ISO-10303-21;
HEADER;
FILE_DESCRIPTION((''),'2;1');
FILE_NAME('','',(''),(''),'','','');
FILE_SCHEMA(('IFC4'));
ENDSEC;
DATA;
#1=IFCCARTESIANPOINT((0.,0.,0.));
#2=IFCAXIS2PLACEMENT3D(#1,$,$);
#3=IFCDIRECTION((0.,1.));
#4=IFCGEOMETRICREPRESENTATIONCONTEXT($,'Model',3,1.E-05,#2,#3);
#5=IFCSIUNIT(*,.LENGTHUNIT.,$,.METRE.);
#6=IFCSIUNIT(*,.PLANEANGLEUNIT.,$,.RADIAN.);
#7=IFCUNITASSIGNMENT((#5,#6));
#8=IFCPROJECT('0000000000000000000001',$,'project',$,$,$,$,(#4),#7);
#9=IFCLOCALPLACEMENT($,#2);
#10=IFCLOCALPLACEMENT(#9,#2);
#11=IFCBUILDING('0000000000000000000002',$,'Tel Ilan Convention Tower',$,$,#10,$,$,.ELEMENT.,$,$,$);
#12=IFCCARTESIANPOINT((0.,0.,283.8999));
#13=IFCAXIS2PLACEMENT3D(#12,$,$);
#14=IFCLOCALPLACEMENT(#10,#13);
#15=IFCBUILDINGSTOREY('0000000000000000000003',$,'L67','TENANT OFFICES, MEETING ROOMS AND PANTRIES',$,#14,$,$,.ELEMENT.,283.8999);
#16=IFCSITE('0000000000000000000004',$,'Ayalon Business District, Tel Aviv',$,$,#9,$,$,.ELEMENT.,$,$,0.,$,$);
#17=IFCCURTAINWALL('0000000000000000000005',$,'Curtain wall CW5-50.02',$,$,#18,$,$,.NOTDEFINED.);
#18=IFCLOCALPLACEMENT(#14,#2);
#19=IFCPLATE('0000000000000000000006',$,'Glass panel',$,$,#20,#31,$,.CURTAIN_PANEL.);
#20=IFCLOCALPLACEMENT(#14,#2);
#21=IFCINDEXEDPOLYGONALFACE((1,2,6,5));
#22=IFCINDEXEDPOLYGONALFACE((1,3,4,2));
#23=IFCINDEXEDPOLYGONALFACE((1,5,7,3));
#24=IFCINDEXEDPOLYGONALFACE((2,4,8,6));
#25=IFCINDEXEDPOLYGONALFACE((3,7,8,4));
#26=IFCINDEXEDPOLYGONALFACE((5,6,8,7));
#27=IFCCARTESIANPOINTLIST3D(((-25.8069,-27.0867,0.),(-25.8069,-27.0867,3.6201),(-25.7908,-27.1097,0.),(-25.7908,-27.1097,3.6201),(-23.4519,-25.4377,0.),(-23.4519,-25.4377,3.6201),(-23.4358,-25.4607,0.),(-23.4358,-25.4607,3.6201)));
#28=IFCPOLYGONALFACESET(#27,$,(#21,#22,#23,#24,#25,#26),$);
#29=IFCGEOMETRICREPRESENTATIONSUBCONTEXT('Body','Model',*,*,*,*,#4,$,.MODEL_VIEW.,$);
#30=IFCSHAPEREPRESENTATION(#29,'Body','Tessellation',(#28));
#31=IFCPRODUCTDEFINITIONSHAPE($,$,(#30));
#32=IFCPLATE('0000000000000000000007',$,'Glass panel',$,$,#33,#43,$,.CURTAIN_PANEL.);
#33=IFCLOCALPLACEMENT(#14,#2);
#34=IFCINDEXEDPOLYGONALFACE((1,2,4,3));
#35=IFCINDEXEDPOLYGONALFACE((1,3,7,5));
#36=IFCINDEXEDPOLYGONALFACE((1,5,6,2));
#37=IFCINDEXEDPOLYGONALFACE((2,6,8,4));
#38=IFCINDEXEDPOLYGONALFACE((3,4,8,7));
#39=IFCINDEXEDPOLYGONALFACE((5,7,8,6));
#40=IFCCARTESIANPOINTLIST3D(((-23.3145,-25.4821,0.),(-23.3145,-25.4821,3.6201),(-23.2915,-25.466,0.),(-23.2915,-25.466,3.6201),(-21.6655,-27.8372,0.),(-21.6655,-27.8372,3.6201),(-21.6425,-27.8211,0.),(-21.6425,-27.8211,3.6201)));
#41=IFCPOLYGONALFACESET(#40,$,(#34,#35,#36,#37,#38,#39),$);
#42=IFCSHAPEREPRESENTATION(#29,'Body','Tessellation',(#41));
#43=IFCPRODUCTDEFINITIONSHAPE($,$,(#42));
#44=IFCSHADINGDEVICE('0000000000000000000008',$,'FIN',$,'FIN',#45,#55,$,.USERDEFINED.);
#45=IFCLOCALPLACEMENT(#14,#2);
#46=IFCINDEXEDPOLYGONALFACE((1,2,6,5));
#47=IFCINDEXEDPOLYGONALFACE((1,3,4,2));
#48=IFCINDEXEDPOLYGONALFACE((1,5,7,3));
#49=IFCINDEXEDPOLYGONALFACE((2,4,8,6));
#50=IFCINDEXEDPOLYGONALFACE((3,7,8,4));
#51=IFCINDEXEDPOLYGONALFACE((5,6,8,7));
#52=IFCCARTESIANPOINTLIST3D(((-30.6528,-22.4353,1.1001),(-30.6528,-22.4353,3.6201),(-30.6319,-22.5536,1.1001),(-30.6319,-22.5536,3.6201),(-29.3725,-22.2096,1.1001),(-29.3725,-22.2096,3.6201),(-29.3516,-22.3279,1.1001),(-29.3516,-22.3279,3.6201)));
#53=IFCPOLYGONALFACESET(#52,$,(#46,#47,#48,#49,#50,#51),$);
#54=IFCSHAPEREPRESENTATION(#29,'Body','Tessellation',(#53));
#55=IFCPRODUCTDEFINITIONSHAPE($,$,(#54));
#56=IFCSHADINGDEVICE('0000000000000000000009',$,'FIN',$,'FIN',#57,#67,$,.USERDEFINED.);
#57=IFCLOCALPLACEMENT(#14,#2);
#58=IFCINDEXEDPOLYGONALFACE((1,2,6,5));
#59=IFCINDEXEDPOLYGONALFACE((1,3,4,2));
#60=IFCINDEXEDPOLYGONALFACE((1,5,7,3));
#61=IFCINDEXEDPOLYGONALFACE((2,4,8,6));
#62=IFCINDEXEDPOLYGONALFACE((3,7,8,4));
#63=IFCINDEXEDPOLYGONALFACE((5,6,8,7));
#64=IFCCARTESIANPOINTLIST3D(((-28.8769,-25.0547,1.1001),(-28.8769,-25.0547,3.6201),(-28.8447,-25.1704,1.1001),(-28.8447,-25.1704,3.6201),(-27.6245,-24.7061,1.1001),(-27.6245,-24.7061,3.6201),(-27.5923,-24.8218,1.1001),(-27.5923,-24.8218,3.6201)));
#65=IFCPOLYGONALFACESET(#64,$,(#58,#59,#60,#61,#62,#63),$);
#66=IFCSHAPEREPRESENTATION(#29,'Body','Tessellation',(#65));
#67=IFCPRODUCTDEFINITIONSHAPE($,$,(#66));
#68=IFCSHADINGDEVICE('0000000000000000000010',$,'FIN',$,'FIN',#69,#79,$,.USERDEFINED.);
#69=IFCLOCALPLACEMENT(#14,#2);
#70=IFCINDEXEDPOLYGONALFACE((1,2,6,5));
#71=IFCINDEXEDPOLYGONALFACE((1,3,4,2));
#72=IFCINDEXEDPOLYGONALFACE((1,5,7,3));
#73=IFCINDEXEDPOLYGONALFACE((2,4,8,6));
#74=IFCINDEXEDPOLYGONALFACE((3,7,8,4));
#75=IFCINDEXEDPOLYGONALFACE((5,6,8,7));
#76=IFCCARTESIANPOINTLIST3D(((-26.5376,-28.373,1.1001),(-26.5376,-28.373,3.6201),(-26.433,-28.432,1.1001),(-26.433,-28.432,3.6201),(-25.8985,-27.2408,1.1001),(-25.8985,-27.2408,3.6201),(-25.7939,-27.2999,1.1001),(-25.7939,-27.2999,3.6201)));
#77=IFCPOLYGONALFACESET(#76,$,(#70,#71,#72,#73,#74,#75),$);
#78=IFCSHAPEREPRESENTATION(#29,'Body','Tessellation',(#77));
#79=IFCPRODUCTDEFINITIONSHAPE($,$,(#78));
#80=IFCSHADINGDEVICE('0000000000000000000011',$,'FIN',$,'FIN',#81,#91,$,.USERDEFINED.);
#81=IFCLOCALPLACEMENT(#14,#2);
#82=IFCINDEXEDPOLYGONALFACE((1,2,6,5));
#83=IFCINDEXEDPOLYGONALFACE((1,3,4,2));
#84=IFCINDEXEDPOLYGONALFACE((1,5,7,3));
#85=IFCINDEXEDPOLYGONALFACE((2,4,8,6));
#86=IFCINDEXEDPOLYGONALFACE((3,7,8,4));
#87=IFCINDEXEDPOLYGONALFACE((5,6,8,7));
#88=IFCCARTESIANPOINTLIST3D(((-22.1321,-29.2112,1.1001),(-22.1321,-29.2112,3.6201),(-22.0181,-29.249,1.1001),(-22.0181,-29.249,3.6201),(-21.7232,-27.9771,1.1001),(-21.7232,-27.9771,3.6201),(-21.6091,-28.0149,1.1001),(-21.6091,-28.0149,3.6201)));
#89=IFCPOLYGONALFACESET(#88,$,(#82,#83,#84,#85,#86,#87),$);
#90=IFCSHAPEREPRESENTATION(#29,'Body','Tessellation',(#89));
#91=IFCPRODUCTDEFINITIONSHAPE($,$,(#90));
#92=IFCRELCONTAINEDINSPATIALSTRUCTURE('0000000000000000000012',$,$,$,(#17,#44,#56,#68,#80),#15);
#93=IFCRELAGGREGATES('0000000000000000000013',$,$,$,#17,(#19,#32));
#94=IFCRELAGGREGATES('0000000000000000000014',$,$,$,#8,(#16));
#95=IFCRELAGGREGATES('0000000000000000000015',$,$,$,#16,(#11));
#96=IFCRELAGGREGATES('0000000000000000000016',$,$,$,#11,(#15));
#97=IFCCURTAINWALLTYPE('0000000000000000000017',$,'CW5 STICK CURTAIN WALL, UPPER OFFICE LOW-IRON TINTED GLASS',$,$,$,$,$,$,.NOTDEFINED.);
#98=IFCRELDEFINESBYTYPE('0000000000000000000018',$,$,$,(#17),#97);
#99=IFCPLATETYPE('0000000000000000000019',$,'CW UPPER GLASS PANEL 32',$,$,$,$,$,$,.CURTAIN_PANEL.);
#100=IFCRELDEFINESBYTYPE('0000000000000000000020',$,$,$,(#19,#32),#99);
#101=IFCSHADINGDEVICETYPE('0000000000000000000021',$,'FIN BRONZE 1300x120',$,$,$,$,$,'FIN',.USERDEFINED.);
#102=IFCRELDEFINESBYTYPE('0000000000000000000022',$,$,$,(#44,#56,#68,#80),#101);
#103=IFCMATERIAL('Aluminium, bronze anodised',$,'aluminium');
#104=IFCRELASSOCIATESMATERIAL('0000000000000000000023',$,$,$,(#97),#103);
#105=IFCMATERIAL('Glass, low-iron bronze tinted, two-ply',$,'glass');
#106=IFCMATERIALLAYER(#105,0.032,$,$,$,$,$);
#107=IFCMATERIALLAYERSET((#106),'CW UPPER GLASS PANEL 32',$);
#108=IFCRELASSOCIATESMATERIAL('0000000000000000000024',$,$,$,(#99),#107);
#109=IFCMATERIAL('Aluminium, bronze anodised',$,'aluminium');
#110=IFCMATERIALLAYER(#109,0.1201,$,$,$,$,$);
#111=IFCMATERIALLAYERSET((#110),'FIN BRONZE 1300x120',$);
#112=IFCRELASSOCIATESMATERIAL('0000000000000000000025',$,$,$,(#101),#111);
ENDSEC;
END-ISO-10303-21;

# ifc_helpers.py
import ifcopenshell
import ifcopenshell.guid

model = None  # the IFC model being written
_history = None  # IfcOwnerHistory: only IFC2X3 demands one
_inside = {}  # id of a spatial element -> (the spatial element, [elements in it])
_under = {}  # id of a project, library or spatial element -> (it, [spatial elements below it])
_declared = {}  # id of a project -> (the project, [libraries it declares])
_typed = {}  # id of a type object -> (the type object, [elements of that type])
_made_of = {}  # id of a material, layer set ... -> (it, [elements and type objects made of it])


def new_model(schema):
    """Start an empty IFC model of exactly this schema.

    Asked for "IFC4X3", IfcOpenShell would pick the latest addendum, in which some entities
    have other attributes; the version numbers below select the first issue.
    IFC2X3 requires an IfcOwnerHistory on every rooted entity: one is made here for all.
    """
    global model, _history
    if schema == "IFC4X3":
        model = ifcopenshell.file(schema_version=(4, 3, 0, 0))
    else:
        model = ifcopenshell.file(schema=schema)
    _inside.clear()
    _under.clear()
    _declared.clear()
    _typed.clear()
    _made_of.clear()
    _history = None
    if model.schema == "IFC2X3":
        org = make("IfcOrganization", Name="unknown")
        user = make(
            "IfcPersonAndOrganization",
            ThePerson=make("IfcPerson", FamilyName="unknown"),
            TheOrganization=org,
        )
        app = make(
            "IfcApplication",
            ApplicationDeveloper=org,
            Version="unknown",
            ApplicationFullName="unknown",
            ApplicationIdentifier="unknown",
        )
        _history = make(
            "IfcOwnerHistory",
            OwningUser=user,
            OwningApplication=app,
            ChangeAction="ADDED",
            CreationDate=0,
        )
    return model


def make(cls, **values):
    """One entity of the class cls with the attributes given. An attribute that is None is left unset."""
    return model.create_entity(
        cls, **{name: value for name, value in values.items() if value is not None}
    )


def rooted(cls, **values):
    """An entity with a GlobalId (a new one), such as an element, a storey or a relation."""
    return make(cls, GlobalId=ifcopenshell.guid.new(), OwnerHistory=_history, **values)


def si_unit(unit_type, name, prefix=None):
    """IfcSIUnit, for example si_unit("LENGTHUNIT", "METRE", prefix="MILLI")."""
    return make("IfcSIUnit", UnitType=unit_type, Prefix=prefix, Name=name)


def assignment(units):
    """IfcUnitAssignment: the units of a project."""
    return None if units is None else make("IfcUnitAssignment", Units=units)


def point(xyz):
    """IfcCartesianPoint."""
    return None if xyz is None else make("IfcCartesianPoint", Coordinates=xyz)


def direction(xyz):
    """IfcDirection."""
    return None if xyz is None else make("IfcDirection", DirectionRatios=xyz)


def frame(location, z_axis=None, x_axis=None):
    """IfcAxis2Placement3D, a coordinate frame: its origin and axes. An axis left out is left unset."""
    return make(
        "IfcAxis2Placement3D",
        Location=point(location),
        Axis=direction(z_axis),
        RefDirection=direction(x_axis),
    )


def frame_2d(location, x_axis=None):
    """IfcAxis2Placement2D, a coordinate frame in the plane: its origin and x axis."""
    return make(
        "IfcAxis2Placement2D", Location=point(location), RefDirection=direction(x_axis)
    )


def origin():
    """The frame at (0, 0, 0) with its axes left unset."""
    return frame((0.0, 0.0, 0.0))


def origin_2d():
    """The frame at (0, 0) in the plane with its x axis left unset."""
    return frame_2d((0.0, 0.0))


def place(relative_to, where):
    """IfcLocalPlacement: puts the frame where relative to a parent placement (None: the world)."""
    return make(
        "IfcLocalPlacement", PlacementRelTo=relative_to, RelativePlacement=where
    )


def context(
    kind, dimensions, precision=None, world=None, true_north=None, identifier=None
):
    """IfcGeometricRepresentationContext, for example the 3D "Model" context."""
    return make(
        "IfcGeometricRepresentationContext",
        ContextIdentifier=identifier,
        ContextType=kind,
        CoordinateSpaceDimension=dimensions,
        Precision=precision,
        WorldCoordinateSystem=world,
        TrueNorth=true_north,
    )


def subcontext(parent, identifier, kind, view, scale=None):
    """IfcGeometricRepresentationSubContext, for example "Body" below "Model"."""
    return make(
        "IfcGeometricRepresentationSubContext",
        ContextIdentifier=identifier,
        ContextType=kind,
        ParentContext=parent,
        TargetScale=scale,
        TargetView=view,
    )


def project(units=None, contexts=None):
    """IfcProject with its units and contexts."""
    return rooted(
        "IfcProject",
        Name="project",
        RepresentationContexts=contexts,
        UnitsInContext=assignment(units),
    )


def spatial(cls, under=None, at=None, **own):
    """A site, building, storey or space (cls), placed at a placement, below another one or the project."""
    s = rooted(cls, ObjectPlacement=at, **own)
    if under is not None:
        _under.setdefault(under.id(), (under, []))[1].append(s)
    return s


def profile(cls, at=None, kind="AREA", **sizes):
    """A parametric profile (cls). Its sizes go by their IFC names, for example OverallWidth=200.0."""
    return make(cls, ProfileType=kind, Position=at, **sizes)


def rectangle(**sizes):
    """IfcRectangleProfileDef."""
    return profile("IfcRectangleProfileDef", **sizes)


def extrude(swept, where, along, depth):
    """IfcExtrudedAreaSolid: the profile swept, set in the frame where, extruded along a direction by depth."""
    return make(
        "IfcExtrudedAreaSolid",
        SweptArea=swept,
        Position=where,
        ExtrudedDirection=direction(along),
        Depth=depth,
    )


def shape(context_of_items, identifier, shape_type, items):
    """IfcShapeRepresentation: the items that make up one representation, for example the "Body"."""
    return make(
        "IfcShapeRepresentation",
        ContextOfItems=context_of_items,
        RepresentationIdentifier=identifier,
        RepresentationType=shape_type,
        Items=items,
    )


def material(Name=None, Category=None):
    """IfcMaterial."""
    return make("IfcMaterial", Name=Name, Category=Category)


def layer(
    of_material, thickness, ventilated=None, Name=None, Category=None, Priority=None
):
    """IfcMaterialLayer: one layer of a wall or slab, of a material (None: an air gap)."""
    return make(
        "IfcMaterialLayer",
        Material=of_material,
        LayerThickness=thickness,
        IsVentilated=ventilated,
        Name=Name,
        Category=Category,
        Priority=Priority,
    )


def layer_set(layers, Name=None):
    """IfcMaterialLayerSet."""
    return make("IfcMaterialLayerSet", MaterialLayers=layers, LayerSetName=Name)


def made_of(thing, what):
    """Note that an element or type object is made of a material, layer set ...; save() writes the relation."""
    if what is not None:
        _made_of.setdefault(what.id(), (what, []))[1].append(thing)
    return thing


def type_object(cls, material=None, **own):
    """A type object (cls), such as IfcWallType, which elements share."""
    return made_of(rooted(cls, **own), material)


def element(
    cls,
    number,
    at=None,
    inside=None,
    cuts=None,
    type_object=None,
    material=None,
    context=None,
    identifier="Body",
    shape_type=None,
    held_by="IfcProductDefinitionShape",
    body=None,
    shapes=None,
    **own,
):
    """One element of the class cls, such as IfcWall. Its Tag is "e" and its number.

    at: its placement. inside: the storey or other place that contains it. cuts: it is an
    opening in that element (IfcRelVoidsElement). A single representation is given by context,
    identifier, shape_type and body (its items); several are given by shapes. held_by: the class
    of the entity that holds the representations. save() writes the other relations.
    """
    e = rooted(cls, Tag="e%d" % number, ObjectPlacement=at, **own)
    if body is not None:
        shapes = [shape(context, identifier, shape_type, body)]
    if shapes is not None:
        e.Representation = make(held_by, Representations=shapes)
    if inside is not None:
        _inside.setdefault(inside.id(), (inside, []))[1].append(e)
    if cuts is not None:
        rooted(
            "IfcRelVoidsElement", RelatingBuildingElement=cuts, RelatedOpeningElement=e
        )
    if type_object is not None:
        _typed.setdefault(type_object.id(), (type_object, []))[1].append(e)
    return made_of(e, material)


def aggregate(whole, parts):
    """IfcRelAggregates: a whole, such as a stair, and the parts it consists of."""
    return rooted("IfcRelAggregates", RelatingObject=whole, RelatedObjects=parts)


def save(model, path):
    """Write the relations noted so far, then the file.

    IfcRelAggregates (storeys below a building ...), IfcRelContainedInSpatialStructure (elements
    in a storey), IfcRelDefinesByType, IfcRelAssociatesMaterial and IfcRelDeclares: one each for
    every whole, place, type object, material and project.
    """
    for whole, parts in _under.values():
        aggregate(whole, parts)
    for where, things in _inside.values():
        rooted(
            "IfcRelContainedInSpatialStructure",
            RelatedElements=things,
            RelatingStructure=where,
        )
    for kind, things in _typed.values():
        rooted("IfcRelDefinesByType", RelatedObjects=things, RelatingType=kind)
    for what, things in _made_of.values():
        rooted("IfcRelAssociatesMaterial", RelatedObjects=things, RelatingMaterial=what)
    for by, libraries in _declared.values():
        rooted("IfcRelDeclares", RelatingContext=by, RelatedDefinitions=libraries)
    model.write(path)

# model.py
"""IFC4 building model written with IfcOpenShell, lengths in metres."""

from ifc_helpers import new_model, si_unit, direction, frame, origin, origin_2d, place, context, subcontext, project, spatial, rectangle, extrude, material, layer, layer_set, type_object, element, aggregate, save


model = new_model("IFC4")

# Units and contexts
model_context = context("Model", 3, precision=1e-05, world=origin(), true_north=direction((0.0, 1.0)))
body_context = subcontext(model_context, "Body", "Model", "MODEL_VIEW")
ifc_project = project(units=[si_unit("LENGTHUNIT", "METRE"), si_unit("PLANEANGLEUNIT", "RADIAN")], contexts=[model_context])

# Site, building, storey
site_placement = place(None, origin())
site = spatial("IfcSite", under=ifc_project, at=site_placement, Name="Ayalon Business District, Tel Aviv", CompositionType="ELEMENT", RefElevation=0.0)
building_placement = place(site_placement, origin())
building = spatial("IfcBuilding", under=site, at=building_placement, Name="Tel Ilan Convention Tower", CompositionType="ELEMENT")
storey_placement = place(building_placement, frame((0.0, 0.0, 283.8999)))
storey = spatial("IfcBuildingStorey", under=building, at=storey_placement, Name="L67", Description="TENANT OFFICES, MEETING ROOMS AND PANTRIES", CompositionType="ELEMENT", Elevation=283.8999)

# Curtain wall, plates
ifc_material_1 = material(Name="Aluminium, bronze anodised", Category="aluminium")
curtain_wall_type = type_object("IfcCurtainWallType", Name="CW5 STICK CURTAIN WALL, UPPER OFFICE LOW-IRON TINTED GLASS", PredefinedType="NOTDEFINED", material=ifc_material_1)
curtain_wall_placement = place(storey_placement, origin())
curtain_wall = element("IfcCurtainWall", 1, at=curtain_wall_placement, inside=storey, type_object=curtain_wall_type, Name="Curtain wall CW5-50.02", PredefinedType="NOTDEFINED")
ifc_material_2 = material(Name="Glass, low-iron bronze tinted, two-ply", Category="glass")
ifc_layer_1 = layer(ifc_material_2, 0.032)
ifc_layer_set_1 = layer_set([ifc_layer_1], Name="CW UPPER GLASS PANEL 32")
plate_type = type_object("IfcPlateType", Name="CW UPPER GLASS PANEL 32", PredefinedType="CURTAIN_PANEL", material=ifc_layer_set_1)
plate_1_placement = place(storey_placement, frame((-24.6213, -26.2737, 0.0), z_axis=(0.0, 0.0, 1.0), x_axis=(0.819152, 0.573576, 0.0)))
plate_1 = element("IfcPlate", 2, at=plate_1_placement, type_object=plate_type, Name="Glass panel", PredefinedType="CURTAIN_PANEL", context=body_context, shape_type="SweptSolid", body=[
    extrude(rectangle(XDim=2.875, YDim=0.0281, at=origin_2d()), origin(), (0.0, 0.0, 1.0), 3.6201),
])
plate_2_placement = place(storey_placement, frame((-22.4785, -26.6516, 0.0), z_axis=(0.0, 0.0, 1.0), x_axis=(0.573576, -0.819152, 0.0)))
plate_2 = element("IfcPlate", 3, at=plate_2_placement, type_object=plate_type, Name="Glass panel", PredefinedType="CURTAIN_PANEL", context=body_context, shape_type="SweptSolid", body=[
    extrude(rectangle(XDim=2.875, YDim=0.0281, at=origin_2d()), origin(), (0.0, 0.0, 1.0), 3.6201),
])
aggregate(curtain_wall, [plate_1, plate_2])

# Shading devices
ifc_material_3 = material(Name="Aluminium, bronze anodised", Category="aluminium")
ifc_layer_2 = layer(ifc_material_3, 0.1201)
ifc_layer_set_2 = layer_set([ifc_layer_2], Name="FIN BRONZE 1300x120")
shading_device_type = type_object("IfcShadingDeviceType", Name="FIN BRONZE 1300x120", ElementType="FIN", PredefinedType="USERDEFINED", material=ifc_layer_set_2)
for number, where, z_axis, x_axis, name in (
    (4, (-30.0022, -22.3816, 1.1001), (0.0, 0.0, 1.0), (-0.984808, -0.173648, 0.0), "FIN"),
    (5, (-28.2346, -24.9382, 1.1001), (0.0, 0.0, 1.0), (-0.963371, -0.268173, 0.0), "FIN"),
    (6, (-26.1658, -27.8364, 1.1001), (0.0, 0.0, 1.0), (-0.491579, -0.870833, 0.0), "FIN"),
    (7, (-21.8706, -28.613, 1.1001), (0.0, 0.0, 1.0), (-0.314545, -0.949243, 0.0), "FIN"),
):
    element("IfcShadingDevice", number, at=place(storey_placement, frame(where, z_axis=z_axis, x_axis=x_axis)), inside=storey, type_object=shading_device_type, Name=name, ObjectType="FIN", PredefinedType="USERDEFINED", context=body_context, shape_type="SweptSolid", body=[
        extrude(rectangle(XDim=1.3, YDim=0.1201, at=origin_2d()), origin(), (0.0, 0.0, 1.0), 2.52),
    ])

save(model, "model.ifc")
